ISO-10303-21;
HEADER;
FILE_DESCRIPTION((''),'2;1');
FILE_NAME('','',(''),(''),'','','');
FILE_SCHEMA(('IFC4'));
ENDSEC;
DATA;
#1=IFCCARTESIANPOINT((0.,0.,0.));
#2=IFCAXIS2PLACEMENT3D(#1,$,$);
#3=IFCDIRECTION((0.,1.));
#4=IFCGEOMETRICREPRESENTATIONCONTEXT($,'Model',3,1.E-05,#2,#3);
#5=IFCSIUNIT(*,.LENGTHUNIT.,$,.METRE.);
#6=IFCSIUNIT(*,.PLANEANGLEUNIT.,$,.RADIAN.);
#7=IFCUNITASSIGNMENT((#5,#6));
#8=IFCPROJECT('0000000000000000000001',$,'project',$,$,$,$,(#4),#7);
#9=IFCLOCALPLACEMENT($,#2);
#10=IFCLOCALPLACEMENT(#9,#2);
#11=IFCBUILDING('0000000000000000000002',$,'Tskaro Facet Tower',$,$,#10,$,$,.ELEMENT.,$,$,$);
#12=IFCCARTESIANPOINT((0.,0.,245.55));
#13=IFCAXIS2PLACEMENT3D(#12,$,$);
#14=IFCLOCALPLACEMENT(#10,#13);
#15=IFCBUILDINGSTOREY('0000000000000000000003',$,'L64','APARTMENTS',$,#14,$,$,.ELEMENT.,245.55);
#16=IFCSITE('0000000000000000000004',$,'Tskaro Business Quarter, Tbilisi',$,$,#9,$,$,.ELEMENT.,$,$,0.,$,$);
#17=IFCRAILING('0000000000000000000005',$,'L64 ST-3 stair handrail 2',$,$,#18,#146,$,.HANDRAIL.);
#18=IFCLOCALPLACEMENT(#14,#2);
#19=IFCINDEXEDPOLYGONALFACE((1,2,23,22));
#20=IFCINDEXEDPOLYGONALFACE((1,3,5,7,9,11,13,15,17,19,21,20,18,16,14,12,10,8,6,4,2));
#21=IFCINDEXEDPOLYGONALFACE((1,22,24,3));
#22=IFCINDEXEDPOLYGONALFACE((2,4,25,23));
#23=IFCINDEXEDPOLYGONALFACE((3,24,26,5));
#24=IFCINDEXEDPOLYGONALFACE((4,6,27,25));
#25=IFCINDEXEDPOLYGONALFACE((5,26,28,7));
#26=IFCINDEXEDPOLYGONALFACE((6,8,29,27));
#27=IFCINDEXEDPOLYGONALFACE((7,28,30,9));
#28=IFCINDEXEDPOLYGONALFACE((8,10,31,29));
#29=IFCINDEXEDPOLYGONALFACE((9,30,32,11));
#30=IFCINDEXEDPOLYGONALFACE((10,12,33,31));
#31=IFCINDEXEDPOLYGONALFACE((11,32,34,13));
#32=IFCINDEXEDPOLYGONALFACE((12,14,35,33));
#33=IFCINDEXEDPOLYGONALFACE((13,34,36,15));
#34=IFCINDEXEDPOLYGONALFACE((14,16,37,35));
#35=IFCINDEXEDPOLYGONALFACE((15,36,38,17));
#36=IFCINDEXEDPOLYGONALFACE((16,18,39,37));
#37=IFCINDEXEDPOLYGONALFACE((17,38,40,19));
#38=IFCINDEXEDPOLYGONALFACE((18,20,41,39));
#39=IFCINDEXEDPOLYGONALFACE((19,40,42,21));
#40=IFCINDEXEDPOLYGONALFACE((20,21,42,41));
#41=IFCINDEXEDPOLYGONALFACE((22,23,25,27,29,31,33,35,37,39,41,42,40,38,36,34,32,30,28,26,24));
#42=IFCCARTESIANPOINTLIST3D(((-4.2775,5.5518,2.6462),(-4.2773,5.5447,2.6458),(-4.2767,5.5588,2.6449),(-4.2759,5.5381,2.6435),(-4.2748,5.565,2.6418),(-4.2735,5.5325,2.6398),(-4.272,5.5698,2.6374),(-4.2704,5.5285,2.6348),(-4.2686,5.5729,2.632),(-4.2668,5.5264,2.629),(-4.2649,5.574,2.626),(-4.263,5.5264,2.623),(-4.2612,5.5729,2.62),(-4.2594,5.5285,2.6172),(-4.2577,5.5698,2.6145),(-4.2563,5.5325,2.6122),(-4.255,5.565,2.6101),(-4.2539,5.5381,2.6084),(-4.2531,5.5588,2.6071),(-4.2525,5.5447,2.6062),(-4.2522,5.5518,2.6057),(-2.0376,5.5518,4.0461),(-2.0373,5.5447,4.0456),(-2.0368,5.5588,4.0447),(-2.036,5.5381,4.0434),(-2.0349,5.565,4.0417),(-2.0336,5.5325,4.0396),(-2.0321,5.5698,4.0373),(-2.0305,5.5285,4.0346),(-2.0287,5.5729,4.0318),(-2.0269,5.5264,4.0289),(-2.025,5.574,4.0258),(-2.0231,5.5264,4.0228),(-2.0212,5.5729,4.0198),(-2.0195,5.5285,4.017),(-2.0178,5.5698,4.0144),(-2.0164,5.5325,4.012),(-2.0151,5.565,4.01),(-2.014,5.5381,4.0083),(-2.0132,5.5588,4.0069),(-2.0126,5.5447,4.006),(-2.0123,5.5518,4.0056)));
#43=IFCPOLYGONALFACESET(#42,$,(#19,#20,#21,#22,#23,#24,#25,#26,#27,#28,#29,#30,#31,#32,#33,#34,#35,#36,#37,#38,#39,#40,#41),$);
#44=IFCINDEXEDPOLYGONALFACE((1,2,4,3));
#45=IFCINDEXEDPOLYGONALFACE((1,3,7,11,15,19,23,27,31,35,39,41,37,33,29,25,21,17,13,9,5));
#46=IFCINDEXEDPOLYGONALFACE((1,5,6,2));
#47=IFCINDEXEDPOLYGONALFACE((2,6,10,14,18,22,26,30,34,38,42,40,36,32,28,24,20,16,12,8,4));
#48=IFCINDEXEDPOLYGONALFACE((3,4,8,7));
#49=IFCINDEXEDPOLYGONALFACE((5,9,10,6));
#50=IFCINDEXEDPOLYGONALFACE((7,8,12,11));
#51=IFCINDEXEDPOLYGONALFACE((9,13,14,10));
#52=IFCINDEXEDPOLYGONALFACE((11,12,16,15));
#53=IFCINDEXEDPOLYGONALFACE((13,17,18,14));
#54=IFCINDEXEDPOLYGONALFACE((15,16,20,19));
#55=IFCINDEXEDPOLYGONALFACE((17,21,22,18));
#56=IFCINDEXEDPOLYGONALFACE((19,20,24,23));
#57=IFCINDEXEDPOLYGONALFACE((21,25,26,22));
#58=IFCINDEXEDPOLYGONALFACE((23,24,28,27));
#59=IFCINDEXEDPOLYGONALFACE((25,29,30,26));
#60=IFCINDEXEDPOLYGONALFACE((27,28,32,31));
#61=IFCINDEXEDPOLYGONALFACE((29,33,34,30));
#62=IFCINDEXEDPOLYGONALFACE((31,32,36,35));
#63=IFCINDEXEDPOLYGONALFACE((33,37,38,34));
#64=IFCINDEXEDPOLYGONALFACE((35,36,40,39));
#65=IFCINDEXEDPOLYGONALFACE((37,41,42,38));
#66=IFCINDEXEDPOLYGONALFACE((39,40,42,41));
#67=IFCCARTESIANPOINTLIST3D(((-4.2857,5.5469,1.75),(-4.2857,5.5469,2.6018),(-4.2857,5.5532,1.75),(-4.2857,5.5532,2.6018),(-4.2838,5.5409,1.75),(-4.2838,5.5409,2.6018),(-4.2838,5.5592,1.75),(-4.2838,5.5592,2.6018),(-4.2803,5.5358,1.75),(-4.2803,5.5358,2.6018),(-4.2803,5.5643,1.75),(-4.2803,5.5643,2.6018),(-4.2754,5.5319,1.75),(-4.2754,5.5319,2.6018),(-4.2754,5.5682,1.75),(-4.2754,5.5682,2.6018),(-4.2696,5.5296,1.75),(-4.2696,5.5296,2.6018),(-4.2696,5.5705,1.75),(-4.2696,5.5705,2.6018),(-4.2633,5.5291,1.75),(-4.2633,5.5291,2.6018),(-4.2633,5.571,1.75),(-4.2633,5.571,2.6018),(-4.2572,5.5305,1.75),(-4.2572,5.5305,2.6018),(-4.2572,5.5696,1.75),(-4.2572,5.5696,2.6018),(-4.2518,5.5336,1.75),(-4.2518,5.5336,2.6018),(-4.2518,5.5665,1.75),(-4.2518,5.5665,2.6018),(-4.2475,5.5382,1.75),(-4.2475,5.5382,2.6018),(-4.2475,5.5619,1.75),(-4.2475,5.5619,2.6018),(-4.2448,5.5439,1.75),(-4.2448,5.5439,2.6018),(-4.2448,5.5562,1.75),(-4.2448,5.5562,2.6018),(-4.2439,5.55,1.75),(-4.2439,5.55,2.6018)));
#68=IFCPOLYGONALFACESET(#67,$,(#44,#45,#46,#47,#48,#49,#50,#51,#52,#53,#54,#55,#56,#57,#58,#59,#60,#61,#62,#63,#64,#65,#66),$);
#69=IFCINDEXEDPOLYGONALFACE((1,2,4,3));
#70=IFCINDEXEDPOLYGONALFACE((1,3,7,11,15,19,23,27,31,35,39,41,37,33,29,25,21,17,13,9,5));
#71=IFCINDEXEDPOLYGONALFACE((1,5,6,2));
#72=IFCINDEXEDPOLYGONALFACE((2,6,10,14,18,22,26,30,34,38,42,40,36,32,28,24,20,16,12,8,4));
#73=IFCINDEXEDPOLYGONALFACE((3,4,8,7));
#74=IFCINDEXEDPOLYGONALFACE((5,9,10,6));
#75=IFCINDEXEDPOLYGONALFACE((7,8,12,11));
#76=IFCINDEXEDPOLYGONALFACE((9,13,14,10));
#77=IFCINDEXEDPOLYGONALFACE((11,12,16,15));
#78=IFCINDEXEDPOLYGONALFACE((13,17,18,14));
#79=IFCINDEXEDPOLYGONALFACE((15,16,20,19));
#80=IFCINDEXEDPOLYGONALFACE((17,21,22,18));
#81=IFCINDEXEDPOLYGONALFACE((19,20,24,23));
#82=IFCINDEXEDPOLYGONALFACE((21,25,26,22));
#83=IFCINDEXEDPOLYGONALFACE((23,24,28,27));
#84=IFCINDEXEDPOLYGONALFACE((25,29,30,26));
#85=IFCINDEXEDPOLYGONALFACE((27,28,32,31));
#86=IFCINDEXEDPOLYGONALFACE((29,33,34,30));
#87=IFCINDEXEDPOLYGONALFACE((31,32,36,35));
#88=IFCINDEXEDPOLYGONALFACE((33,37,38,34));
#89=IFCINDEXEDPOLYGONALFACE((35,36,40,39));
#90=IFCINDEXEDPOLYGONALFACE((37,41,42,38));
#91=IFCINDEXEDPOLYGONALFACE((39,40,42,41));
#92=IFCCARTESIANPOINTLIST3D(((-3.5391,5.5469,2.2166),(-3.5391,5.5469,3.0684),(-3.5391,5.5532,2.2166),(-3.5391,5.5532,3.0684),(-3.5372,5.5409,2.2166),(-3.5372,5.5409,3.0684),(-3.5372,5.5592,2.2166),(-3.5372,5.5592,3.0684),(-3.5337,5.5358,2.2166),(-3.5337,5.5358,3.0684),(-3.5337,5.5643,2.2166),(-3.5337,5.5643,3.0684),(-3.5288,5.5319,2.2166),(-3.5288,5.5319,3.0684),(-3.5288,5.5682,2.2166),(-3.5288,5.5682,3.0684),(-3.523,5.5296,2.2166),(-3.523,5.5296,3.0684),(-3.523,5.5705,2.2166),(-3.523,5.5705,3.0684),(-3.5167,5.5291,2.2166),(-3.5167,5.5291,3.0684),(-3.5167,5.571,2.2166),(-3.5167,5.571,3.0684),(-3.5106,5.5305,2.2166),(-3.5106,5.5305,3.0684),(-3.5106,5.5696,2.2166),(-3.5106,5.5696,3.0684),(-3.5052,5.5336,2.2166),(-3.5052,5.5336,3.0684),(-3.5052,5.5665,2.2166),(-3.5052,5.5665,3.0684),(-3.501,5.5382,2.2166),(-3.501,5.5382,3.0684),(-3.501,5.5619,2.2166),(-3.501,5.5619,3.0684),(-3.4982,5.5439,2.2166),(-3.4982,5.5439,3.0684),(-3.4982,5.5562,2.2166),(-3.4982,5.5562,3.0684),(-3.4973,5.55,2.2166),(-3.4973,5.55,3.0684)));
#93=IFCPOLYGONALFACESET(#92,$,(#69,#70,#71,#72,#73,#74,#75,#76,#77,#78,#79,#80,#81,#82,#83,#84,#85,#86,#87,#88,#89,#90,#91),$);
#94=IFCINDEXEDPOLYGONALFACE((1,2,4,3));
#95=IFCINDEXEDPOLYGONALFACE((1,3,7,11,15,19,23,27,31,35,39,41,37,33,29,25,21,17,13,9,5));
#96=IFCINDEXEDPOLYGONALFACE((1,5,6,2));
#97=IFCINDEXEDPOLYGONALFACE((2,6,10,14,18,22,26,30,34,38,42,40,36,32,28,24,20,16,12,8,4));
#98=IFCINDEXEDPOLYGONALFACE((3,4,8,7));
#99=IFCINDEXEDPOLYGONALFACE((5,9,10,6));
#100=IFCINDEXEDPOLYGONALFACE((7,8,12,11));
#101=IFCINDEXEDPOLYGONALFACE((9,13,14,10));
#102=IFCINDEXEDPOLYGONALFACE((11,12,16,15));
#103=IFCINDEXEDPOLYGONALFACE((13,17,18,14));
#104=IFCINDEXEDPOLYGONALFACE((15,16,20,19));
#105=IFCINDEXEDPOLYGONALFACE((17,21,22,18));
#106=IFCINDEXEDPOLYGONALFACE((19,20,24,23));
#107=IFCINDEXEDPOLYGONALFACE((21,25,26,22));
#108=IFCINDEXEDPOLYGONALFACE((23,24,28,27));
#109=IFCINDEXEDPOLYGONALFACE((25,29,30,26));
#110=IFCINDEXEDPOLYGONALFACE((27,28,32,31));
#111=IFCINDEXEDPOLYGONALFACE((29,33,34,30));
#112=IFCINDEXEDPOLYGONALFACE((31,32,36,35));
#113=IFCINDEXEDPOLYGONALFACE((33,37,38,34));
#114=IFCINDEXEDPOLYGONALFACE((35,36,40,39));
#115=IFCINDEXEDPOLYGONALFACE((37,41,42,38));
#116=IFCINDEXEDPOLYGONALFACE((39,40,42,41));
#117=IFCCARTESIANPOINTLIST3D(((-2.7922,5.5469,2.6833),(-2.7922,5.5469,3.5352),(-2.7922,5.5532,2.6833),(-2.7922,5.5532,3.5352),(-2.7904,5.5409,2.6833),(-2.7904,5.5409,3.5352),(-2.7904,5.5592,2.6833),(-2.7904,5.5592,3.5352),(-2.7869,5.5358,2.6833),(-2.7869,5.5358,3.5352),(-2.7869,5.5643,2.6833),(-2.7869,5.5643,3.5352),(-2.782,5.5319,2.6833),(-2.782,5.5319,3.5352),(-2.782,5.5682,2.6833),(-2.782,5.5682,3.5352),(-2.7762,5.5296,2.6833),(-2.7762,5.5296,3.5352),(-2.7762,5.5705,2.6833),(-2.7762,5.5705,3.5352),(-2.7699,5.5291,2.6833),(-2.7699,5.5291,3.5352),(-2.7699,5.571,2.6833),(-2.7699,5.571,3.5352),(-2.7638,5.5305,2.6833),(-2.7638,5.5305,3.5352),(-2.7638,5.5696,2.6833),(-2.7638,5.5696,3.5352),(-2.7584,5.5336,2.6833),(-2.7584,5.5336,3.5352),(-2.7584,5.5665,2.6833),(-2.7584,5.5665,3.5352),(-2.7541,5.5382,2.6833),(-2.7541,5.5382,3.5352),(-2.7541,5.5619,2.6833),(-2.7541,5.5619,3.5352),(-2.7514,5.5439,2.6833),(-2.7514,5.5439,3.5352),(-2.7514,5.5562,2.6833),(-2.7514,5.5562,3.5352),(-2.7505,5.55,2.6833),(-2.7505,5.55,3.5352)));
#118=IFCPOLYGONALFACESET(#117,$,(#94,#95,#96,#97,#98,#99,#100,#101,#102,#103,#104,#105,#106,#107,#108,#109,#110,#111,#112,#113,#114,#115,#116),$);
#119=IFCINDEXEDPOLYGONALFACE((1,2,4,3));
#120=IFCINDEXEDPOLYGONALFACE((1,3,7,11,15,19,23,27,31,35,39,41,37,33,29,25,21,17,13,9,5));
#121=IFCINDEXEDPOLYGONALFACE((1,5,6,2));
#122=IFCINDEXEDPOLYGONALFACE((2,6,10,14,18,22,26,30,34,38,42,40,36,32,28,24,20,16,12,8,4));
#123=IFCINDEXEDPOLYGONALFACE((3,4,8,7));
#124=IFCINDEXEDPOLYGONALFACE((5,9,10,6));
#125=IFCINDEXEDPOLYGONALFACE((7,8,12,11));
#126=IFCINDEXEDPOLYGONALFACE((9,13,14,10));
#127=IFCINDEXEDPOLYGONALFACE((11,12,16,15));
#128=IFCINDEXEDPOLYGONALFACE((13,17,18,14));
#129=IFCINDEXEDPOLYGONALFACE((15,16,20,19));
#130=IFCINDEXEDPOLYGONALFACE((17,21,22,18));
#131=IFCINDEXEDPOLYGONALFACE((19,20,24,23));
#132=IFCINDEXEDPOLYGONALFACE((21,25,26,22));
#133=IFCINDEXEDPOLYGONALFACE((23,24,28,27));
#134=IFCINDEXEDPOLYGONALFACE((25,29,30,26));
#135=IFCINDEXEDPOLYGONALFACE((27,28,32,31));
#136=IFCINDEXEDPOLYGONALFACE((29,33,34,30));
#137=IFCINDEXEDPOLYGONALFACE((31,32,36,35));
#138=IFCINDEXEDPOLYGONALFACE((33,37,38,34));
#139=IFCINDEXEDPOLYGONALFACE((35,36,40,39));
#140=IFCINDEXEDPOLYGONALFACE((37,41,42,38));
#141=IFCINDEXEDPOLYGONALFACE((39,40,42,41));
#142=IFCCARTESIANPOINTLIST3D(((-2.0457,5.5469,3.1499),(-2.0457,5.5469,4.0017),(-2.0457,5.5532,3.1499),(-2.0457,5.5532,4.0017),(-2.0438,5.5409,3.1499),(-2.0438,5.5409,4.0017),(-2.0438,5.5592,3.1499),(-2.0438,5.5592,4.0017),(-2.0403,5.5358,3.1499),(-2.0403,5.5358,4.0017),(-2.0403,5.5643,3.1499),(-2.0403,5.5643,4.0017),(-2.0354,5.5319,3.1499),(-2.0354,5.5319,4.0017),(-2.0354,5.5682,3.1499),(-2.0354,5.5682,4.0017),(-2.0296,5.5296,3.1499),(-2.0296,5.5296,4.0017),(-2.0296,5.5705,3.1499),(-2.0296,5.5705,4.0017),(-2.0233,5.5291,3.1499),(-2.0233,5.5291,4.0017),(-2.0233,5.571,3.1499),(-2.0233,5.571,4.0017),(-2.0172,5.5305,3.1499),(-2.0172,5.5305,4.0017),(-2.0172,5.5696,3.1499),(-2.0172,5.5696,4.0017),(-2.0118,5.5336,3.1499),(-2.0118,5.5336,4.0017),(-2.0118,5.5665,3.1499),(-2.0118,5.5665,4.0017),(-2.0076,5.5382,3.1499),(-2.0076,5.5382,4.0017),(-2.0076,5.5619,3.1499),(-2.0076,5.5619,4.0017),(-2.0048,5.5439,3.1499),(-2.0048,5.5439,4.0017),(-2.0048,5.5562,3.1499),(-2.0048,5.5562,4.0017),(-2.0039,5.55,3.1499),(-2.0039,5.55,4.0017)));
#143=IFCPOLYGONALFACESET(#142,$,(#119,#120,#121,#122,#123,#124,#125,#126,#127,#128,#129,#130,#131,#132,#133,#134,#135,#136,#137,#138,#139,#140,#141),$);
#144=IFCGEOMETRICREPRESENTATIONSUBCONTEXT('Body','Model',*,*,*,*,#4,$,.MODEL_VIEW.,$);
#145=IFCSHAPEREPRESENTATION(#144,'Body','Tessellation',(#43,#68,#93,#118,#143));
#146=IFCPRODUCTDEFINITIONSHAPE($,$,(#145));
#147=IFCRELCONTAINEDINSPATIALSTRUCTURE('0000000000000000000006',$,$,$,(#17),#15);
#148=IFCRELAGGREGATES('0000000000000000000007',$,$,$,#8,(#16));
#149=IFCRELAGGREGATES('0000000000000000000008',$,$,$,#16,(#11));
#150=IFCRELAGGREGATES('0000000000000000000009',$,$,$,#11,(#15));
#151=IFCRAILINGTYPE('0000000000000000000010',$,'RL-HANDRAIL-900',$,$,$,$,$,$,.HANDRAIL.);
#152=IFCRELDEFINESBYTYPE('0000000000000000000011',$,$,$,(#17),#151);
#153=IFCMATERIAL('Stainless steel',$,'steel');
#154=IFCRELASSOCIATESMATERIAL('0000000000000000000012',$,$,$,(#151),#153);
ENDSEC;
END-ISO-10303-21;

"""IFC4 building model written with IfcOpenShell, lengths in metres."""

from ifc_helpers import new_model, si_unit, direction, frame, origin, origin_2d, place, context, subcontext, project, spatial, circle, extrude, material, type_object, element, save


model = new_model("IFC4")

# Units and contexts
model_context = context("Model", 3, precision=1e-05, world=origin(), true_north=direction((0.0, 1.0)))
body_context = subcontext(model_context, "Body", "Model", "MODEL_VIEW")
ifc_project = project(units=[si_unit("LENGTHUNIT", "METRE"), si_unit("PLANEANGLEUNIT", "RADIAN")], contexts=[model_context])

# Site, building, storey
site_placement = place(None, origin())
site = spatial("IfcSite", under=ifc_project, at=site_placement, Name="Tskaro Business Quarter, Tbilisi", CompositionType="ELEMENT", RefElevation=0.0)
building_placement = place(site_placement, origin())
building = spatial("IfcBuilding", under=site, at=building_placement, Name="Tskaro Facet Tower", CompositionType="ELEMENT")
storey_placement = place(building_placement, frame((0.0, 0.0, 245.55)))
storey = spatial("IfcBuildingStorey", under=building, at=storey_placement, Name="L64", Description="APARTMENTS", CompositionType="ELEMENT", Elevation=245.55)

# Railing
ifc_material_1 = material(Name="Stainless steel", Category="steel")
railing_type_1 = type_object("IfcRailingType", Name="RL-HANDRAIL-900", PredefinedType="HANDRAIL", material=ifc_material_1)
railing_1_placement = place(storey_placement, frame((-4.2649, 5.55, 1.75)))
element("IfcRailing", 1, at=railing_1_placement, inside=storey, type_object=railing_type_1, Name="L64 ST-3 stair handrail 2", PredefinedType="HANDRAIL", context=body_context, shape_type="SweptSolid", body=[
    extrude(circle(Radius=0.0239, at=origin_2d()), frame((0.0, 0.0, 0.876), z_axis=(0.848014, 0.0, 0.529974), x_axis=(0.0, 1.0, 0.0)), (0.0, 0.0, 1.0), 2.6414),
    extrude(circle(Radius=0.021, at=origin_2d()), origin(), (0.0, 0.0, 1.0), 0.8518),
    extrude(circle(Radius=0.021, at=origin_2d()), frame((0.7466, 0.0, 0.4666)), (0.0, 0.0, 1.0), 0.8518),
    extrude(circle(Radius=0.021, at=origin_2d()), frame((1.4934, 0.0, 0.9333)), (0.0, 0.0, 1.0), 0.8518),
    extrude(circle(Radius=0.021, at=origin_2d()), frame((2.24, 0.0, 1.3999)), (0.0, 0.0, 1.0), 0.8518),
])

save(model, "model.ifc")
